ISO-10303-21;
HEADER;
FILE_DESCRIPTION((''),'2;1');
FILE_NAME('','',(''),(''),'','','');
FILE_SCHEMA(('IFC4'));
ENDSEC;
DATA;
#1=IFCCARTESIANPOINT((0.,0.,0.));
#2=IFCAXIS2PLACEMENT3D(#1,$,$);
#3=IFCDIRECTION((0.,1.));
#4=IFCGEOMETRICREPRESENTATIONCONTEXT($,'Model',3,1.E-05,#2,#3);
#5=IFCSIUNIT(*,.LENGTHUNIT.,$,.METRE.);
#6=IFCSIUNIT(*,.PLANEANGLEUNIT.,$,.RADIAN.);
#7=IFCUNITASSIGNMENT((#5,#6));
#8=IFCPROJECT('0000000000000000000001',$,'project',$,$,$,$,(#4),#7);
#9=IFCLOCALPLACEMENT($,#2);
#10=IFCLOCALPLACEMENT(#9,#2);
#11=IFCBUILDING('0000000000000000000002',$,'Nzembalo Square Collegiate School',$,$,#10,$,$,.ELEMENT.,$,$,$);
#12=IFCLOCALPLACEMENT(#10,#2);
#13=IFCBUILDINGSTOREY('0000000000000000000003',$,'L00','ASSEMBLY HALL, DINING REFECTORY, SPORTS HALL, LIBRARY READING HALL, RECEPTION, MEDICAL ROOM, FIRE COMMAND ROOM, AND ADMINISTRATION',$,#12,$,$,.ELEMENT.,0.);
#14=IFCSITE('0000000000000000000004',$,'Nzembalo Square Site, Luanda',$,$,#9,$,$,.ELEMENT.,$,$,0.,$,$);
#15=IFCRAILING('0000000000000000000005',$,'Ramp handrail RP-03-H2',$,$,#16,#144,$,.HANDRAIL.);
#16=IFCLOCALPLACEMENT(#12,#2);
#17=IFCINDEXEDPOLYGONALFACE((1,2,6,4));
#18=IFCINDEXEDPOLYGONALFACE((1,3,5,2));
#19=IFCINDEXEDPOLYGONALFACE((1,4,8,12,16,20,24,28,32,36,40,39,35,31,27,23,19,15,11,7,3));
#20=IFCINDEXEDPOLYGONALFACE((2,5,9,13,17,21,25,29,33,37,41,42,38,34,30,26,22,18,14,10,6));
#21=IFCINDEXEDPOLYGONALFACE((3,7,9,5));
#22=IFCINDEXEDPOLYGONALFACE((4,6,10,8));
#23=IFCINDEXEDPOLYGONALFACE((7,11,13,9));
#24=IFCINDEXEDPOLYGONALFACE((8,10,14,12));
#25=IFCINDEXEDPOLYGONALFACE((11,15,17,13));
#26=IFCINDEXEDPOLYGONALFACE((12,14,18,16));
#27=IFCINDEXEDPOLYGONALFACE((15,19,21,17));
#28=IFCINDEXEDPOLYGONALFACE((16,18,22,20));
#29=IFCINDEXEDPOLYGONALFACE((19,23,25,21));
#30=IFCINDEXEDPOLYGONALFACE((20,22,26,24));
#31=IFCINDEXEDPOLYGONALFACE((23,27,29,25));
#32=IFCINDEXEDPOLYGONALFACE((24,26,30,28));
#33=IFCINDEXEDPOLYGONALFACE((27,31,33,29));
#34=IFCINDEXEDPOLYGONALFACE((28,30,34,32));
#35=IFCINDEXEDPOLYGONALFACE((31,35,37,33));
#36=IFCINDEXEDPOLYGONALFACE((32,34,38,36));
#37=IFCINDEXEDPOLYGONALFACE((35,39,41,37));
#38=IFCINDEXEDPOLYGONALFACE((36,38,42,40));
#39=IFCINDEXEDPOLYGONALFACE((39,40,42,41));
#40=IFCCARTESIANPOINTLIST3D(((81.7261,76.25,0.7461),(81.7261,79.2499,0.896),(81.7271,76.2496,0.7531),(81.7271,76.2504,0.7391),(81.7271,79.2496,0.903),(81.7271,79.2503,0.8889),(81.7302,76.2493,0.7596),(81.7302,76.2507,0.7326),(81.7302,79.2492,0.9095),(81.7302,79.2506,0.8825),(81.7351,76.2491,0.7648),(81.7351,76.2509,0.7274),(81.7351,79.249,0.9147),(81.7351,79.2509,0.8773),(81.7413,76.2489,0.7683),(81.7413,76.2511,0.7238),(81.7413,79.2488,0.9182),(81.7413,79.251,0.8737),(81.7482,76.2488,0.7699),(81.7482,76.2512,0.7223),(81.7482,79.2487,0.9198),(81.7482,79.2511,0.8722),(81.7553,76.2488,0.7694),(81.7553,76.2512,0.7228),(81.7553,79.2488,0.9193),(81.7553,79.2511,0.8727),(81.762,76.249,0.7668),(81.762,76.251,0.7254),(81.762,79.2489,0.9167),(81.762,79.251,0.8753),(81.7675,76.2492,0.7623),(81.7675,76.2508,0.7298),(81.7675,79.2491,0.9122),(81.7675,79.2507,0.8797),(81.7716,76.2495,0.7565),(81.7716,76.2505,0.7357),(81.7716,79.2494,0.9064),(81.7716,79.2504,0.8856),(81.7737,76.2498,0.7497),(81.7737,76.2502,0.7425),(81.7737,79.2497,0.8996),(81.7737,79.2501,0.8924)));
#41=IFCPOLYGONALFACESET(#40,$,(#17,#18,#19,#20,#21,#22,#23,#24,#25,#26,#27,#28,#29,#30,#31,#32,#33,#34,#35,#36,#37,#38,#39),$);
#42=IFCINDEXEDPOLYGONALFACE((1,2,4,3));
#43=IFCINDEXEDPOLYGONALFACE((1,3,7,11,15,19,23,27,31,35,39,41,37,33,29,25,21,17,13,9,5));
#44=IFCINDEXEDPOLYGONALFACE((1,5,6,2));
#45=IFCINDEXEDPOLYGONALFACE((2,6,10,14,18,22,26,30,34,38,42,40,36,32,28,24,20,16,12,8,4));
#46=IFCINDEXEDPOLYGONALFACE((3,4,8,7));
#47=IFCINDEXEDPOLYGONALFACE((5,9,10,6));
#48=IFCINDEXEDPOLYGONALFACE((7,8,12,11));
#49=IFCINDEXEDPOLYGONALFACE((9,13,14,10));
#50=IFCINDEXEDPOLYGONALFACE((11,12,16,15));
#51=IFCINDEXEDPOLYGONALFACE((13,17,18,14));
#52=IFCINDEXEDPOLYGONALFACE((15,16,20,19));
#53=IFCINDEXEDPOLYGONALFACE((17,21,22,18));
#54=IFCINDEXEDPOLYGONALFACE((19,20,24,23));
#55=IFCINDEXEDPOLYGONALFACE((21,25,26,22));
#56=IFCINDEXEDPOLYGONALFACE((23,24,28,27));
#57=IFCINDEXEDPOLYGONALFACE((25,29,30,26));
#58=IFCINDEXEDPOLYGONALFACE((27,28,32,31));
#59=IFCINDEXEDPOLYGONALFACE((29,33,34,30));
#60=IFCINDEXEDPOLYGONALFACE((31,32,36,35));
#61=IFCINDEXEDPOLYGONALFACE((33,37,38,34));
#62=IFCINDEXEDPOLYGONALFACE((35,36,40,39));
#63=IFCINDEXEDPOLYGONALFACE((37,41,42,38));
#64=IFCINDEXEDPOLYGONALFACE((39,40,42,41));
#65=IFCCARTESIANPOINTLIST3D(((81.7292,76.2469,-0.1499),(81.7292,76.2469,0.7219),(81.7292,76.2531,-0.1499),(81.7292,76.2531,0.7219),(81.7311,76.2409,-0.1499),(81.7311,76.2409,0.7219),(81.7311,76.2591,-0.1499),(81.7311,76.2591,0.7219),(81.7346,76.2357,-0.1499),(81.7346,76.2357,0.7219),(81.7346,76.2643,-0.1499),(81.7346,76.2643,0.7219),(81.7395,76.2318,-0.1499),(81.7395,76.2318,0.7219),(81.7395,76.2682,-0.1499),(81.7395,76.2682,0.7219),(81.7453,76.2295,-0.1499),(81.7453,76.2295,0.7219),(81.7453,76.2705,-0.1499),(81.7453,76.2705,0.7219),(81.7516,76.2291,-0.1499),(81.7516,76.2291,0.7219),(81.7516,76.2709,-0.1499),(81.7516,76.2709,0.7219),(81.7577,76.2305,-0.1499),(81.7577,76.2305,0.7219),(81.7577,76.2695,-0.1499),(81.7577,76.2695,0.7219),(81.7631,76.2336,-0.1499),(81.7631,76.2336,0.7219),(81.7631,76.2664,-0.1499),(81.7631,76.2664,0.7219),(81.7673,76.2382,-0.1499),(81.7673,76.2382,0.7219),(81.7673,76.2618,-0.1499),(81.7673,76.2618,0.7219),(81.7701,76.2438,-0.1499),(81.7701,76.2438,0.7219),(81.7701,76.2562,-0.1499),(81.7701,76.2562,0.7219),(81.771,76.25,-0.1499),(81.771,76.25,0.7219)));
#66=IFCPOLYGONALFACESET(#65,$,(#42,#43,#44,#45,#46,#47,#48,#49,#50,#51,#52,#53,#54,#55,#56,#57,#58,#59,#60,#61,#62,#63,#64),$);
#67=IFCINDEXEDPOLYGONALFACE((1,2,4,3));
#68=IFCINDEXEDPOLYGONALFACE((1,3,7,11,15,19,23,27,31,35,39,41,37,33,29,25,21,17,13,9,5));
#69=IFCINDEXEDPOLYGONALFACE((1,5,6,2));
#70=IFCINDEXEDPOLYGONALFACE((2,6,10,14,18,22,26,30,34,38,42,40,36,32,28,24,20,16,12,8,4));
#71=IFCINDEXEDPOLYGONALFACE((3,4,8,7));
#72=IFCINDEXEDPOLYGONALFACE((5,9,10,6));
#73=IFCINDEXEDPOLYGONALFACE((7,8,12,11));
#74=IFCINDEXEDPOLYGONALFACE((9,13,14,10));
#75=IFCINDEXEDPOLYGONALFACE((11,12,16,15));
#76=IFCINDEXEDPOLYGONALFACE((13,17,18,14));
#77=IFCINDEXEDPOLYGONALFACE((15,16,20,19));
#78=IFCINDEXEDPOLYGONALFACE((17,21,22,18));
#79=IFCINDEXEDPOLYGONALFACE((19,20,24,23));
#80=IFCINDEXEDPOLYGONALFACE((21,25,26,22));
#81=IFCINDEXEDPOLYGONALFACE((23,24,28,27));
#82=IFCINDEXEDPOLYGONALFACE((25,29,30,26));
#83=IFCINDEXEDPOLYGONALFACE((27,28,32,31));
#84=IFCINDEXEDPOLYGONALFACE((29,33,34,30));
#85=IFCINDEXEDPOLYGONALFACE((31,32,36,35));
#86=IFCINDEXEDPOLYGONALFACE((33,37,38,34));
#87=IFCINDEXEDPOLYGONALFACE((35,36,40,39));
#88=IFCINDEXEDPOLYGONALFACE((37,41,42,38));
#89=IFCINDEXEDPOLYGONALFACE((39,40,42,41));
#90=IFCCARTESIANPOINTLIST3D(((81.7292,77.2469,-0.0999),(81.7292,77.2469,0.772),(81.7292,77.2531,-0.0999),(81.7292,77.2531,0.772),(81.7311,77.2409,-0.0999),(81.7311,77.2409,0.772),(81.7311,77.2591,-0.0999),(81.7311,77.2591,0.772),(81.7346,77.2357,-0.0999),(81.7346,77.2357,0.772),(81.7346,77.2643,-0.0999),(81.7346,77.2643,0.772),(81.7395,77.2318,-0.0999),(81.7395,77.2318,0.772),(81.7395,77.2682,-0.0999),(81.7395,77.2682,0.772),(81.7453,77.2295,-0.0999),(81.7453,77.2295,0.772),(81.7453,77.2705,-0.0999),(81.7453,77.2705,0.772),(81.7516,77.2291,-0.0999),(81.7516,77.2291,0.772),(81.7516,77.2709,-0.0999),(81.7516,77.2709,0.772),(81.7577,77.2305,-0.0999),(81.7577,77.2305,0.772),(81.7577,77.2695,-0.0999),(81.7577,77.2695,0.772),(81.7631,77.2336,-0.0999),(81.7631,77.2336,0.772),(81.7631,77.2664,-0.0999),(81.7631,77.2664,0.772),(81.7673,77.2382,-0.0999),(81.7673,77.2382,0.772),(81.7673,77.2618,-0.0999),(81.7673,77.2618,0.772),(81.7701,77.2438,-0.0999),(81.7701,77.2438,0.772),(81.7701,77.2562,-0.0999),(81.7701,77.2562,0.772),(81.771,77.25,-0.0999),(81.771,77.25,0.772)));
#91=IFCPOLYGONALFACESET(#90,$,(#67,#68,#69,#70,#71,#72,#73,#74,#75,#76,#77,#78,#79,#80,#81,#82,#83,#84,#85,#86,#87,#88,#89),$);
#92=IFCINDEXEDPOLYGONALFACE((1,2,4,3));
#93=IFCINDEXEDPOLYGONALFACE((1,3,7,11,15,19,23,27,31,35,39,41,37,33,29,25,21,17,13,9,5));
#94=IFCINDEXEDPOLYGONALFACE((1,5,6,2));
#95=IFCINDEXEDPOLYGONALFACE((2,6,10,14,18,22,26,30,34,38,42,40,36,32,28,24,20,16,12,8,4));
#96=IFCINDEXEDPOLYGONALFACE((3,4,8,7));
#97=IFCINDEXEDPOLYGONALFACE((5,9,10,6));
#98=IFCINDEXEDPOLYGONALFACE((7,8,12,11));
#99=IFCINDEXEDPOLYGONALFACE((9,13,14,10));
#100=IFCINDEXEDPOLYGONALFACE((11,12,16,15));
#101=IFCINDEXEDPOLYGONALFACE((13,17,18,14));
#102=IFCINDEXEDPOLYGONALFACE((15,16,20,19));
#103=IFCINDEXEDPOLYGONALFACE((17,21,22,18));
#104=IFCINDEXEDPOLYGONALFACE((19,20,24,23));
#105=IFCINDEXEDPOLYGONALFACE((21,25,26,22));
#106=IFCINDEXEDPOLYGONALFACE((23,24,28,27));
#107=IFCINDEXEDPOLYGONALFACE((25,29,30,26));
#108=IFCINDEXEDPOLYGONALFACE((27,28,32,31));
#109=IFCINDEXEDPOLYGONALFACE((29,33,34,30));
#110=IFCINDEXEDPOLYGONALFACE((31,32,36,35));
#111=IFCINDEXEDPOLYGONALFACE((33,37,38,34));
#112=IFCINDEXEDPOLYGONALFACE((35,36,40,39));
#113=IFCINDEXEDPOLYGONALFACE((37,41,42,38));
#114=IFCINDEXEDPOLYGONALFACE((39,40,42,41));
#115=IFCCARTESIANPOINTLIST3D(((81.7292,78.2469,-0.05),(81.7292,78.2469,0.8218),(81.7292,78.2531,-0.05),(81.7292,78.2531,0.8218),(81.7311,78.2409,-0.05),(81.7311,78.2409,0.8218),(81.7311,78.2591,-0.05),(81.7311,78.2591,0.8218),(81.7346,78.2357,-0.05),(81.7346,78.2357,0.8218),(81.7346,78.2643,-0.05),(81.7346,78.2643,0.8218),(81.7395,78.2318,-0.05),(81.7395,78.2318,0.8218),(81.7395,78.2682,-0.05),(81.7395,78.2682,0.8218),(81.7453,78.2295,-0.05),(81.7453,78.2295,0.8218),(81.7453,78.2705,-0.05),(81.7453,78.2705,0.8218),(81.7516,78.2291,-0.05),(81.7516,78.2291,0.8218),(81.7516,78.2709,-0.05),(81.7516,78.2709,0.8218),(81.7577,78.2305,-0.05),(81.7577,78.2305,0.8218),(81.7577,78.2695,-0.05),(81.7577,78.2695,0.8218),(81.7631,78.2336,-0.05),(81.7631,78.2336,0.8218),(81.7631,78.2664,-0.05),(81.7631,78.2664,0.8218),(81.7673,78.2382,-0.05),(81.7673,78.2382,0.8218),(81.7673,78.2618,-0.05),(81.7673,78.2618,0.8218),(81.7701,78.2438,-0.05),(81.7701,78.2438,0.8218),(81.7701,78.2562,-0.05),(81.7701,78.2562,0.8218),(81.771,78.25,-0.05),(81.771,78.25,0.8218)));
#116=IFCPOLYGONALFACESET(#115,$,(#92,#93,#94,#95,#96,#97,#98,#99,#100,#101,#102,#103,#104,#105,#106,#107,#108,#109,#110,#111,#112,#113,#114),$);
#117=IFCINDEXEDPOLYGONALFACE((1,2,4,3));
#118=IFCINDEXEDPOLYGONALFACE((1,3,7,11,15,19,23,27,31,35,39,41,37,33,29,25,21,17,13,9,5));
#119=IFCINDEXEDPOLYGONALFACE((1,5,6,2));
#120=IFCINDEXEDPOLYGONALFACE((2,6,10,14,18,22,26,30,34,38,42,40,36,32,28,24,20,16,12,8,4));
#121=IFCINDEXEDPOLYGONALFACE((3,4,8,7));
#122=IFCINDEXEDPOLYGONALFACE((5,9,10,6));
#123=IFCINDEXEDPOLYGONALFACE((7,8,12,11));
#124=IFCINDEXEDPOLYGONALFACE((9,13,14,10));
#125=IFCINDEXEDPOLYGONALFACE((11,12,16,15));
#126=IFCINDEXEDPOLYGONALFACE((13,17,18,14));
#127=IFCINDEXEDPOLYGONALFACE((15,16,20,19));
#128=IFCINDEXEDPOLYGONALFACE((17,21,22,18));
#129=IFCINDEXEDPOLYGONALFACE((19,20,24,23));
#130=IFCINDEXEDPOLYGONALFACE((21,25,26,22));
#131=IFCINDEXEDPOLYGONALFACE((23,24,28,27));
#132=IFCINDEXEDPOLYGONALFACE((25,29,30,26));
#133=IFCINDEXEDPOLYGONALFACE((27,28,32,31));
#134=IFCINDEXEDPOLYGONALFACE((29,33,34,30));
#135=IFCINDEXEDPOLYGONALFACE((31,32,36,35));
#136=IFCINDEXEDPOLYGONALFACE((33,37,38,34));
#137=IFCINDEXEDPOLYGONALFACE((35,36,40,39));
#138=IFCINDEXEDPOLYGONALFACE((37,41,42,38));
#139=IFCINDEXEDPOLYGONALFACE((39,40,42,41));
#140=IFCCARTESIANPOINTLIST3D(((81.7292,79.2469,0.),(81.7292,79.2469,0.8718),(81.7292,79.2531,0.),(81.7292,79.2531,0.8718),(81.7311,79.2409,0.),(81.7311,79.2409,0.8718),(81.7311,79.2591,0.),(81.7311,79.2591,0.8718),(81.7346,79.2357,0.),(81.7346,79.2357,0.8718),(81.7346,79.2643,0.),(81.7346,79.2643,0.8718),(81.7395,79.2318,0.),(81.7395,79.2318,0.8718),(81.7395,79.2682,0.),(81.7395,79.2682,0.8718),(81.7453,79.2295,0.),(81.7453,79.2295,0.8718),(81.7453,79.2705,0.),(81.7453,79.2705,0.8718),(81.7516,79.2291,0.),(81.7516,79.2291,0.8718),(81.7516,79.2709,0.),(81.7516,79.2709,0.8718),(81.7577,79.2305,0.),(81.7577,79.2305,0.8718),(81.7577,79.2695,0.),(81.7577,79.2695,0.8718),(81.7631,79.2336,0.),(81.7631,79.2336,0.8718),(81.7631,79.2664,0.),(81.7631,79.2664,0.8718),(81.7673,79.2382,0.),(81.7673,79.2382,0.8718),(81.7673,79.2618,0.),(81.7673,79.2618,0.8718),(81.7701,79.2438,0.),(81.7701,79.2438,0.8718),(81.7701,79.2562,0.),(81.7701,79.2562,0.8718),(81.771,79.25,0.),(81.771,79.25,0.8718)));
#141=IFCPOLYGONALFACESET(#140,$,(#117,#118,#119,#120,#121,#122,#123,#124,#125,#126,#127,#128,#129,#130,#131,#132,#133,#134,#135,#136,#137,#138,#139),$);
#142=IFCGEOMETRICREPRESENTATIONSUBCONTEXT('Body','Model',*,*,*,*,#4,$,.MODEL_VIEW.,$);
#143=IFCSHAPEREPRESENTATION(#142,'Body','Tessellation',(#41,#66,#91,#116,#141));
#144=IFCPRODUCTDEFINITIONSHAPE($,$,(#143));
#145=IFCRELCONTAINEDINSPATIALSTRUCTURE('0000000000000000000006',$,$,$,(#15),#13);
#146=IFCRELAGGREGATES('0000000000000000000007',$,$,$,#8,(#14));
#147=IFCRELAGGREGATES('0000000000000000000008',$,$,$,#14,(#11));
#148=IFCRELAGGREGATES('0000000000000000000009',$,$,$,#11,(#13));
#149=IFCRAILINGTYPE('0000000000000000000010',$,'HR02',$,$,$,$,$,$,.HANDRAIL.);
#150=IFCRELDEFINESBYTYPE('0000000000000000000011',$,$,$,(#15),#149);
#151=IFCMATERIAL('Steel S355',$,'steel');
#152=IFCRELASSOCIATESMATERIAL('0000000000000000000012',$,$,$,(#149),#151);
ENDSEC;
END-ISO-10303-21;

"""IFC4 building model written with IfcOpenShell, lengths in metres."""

from ifc_helpers import new_model, si_unit, direction, frame, origin, origin_2d, place, context, subcontext, project, spatial, circle, extrude, material, type_object, element, save


model = new_model("IFC4")

# Units and contexts
model_context = context("Model", 3, precision=1e-05, world=origin(), true_north=direction((0.0, 1.0)))
body_context = subcontext(model_context, "Body", "Model", "MODEL_VIEW")
ifc_project = project(units=[si_unit("LENGTHUNIT", "METRE"), si_unit("PLANEANGLEUNIT", "RADIAN")], contexts=[model_context])

# Site, building, storey
site_placement = place(None, origin())
site = spatial("IfcSite", under=ifc_project, at=site_placement, Name="Nzembalo Square Site, Luanda", CompositionType="ELEMENT", RefElevation=0.0)
building_placement = place(site_placement, origin())
building = spatial("IfcBuilding", under=site, at=building_placement, Name="Nzembalo Square Collegiate School", CompositionType="ELEMENT")
storey_placement = place(building_placement, origin())
storey = spatial("IfcBuildingStorey", under=building, at=storey_placement, Name="L00", Description="ASSEMBLY HALL, DINING REFECTORY, SPORTS HALL, LIBRARY READING HALL, RECEPTION, MEDICAL ROOM, FIRE COMMAND ROOM, AND ADMINISTRATION", CompositionType="ELEMENT", Elevation=0.0)

# Railing
ifc_material_1 = material(Name="Steel S355", Category="steel")
railing_type = type_object("IfcRailingType", Name="HR02", PredefinedType="HANDRAIL", material=ifc_material_1)
for number, where, name in (
    (1, (81.75, 76.25, -0.1499), "Ramp handrail RP-03-H2"),
):
    element("IfcRailing", number, at=place(storey_placement, frame(where)), inside=storey, type_object=railing_type, Name=name, PredefinedType="HANDRAIL", context=body_context, shape_type="SweptSolid", body=[
        extrude(circle(Radius=0.0239, at=origin_2d()), frame((0.0, 0.0, 0.896), z_axis=(0.0, 0.998754, 0.049905), x_axis=(-1.0, 0.0, 0.0)), (0.0, 0.0, 1.0), 3.0037),
        extrude(circle(Radius=0.021, at=origin_2d()), origin(), (0.0, 0.0, 1.0), 0.8718),
        extrude(circle(Radius=0.021, at=origin_2d()), frame((0.0, 1.0, 0.05)), (0.0, 0.0, 1.0), 0.8718),
        extrude(circle(Radius=0.021, at=origin_2d()), frame((0.0, 2.0, 0.0999)), (0.0, 0.0, 1.0), 0.8718),
        extrude(circle(Radius=0.021, at=origin_2d()), frame((0.0, 3.0, 0.1499)), (0.0, 0.0, 1.0), 0.8718),
    ])

save(model, "model.ifc")
